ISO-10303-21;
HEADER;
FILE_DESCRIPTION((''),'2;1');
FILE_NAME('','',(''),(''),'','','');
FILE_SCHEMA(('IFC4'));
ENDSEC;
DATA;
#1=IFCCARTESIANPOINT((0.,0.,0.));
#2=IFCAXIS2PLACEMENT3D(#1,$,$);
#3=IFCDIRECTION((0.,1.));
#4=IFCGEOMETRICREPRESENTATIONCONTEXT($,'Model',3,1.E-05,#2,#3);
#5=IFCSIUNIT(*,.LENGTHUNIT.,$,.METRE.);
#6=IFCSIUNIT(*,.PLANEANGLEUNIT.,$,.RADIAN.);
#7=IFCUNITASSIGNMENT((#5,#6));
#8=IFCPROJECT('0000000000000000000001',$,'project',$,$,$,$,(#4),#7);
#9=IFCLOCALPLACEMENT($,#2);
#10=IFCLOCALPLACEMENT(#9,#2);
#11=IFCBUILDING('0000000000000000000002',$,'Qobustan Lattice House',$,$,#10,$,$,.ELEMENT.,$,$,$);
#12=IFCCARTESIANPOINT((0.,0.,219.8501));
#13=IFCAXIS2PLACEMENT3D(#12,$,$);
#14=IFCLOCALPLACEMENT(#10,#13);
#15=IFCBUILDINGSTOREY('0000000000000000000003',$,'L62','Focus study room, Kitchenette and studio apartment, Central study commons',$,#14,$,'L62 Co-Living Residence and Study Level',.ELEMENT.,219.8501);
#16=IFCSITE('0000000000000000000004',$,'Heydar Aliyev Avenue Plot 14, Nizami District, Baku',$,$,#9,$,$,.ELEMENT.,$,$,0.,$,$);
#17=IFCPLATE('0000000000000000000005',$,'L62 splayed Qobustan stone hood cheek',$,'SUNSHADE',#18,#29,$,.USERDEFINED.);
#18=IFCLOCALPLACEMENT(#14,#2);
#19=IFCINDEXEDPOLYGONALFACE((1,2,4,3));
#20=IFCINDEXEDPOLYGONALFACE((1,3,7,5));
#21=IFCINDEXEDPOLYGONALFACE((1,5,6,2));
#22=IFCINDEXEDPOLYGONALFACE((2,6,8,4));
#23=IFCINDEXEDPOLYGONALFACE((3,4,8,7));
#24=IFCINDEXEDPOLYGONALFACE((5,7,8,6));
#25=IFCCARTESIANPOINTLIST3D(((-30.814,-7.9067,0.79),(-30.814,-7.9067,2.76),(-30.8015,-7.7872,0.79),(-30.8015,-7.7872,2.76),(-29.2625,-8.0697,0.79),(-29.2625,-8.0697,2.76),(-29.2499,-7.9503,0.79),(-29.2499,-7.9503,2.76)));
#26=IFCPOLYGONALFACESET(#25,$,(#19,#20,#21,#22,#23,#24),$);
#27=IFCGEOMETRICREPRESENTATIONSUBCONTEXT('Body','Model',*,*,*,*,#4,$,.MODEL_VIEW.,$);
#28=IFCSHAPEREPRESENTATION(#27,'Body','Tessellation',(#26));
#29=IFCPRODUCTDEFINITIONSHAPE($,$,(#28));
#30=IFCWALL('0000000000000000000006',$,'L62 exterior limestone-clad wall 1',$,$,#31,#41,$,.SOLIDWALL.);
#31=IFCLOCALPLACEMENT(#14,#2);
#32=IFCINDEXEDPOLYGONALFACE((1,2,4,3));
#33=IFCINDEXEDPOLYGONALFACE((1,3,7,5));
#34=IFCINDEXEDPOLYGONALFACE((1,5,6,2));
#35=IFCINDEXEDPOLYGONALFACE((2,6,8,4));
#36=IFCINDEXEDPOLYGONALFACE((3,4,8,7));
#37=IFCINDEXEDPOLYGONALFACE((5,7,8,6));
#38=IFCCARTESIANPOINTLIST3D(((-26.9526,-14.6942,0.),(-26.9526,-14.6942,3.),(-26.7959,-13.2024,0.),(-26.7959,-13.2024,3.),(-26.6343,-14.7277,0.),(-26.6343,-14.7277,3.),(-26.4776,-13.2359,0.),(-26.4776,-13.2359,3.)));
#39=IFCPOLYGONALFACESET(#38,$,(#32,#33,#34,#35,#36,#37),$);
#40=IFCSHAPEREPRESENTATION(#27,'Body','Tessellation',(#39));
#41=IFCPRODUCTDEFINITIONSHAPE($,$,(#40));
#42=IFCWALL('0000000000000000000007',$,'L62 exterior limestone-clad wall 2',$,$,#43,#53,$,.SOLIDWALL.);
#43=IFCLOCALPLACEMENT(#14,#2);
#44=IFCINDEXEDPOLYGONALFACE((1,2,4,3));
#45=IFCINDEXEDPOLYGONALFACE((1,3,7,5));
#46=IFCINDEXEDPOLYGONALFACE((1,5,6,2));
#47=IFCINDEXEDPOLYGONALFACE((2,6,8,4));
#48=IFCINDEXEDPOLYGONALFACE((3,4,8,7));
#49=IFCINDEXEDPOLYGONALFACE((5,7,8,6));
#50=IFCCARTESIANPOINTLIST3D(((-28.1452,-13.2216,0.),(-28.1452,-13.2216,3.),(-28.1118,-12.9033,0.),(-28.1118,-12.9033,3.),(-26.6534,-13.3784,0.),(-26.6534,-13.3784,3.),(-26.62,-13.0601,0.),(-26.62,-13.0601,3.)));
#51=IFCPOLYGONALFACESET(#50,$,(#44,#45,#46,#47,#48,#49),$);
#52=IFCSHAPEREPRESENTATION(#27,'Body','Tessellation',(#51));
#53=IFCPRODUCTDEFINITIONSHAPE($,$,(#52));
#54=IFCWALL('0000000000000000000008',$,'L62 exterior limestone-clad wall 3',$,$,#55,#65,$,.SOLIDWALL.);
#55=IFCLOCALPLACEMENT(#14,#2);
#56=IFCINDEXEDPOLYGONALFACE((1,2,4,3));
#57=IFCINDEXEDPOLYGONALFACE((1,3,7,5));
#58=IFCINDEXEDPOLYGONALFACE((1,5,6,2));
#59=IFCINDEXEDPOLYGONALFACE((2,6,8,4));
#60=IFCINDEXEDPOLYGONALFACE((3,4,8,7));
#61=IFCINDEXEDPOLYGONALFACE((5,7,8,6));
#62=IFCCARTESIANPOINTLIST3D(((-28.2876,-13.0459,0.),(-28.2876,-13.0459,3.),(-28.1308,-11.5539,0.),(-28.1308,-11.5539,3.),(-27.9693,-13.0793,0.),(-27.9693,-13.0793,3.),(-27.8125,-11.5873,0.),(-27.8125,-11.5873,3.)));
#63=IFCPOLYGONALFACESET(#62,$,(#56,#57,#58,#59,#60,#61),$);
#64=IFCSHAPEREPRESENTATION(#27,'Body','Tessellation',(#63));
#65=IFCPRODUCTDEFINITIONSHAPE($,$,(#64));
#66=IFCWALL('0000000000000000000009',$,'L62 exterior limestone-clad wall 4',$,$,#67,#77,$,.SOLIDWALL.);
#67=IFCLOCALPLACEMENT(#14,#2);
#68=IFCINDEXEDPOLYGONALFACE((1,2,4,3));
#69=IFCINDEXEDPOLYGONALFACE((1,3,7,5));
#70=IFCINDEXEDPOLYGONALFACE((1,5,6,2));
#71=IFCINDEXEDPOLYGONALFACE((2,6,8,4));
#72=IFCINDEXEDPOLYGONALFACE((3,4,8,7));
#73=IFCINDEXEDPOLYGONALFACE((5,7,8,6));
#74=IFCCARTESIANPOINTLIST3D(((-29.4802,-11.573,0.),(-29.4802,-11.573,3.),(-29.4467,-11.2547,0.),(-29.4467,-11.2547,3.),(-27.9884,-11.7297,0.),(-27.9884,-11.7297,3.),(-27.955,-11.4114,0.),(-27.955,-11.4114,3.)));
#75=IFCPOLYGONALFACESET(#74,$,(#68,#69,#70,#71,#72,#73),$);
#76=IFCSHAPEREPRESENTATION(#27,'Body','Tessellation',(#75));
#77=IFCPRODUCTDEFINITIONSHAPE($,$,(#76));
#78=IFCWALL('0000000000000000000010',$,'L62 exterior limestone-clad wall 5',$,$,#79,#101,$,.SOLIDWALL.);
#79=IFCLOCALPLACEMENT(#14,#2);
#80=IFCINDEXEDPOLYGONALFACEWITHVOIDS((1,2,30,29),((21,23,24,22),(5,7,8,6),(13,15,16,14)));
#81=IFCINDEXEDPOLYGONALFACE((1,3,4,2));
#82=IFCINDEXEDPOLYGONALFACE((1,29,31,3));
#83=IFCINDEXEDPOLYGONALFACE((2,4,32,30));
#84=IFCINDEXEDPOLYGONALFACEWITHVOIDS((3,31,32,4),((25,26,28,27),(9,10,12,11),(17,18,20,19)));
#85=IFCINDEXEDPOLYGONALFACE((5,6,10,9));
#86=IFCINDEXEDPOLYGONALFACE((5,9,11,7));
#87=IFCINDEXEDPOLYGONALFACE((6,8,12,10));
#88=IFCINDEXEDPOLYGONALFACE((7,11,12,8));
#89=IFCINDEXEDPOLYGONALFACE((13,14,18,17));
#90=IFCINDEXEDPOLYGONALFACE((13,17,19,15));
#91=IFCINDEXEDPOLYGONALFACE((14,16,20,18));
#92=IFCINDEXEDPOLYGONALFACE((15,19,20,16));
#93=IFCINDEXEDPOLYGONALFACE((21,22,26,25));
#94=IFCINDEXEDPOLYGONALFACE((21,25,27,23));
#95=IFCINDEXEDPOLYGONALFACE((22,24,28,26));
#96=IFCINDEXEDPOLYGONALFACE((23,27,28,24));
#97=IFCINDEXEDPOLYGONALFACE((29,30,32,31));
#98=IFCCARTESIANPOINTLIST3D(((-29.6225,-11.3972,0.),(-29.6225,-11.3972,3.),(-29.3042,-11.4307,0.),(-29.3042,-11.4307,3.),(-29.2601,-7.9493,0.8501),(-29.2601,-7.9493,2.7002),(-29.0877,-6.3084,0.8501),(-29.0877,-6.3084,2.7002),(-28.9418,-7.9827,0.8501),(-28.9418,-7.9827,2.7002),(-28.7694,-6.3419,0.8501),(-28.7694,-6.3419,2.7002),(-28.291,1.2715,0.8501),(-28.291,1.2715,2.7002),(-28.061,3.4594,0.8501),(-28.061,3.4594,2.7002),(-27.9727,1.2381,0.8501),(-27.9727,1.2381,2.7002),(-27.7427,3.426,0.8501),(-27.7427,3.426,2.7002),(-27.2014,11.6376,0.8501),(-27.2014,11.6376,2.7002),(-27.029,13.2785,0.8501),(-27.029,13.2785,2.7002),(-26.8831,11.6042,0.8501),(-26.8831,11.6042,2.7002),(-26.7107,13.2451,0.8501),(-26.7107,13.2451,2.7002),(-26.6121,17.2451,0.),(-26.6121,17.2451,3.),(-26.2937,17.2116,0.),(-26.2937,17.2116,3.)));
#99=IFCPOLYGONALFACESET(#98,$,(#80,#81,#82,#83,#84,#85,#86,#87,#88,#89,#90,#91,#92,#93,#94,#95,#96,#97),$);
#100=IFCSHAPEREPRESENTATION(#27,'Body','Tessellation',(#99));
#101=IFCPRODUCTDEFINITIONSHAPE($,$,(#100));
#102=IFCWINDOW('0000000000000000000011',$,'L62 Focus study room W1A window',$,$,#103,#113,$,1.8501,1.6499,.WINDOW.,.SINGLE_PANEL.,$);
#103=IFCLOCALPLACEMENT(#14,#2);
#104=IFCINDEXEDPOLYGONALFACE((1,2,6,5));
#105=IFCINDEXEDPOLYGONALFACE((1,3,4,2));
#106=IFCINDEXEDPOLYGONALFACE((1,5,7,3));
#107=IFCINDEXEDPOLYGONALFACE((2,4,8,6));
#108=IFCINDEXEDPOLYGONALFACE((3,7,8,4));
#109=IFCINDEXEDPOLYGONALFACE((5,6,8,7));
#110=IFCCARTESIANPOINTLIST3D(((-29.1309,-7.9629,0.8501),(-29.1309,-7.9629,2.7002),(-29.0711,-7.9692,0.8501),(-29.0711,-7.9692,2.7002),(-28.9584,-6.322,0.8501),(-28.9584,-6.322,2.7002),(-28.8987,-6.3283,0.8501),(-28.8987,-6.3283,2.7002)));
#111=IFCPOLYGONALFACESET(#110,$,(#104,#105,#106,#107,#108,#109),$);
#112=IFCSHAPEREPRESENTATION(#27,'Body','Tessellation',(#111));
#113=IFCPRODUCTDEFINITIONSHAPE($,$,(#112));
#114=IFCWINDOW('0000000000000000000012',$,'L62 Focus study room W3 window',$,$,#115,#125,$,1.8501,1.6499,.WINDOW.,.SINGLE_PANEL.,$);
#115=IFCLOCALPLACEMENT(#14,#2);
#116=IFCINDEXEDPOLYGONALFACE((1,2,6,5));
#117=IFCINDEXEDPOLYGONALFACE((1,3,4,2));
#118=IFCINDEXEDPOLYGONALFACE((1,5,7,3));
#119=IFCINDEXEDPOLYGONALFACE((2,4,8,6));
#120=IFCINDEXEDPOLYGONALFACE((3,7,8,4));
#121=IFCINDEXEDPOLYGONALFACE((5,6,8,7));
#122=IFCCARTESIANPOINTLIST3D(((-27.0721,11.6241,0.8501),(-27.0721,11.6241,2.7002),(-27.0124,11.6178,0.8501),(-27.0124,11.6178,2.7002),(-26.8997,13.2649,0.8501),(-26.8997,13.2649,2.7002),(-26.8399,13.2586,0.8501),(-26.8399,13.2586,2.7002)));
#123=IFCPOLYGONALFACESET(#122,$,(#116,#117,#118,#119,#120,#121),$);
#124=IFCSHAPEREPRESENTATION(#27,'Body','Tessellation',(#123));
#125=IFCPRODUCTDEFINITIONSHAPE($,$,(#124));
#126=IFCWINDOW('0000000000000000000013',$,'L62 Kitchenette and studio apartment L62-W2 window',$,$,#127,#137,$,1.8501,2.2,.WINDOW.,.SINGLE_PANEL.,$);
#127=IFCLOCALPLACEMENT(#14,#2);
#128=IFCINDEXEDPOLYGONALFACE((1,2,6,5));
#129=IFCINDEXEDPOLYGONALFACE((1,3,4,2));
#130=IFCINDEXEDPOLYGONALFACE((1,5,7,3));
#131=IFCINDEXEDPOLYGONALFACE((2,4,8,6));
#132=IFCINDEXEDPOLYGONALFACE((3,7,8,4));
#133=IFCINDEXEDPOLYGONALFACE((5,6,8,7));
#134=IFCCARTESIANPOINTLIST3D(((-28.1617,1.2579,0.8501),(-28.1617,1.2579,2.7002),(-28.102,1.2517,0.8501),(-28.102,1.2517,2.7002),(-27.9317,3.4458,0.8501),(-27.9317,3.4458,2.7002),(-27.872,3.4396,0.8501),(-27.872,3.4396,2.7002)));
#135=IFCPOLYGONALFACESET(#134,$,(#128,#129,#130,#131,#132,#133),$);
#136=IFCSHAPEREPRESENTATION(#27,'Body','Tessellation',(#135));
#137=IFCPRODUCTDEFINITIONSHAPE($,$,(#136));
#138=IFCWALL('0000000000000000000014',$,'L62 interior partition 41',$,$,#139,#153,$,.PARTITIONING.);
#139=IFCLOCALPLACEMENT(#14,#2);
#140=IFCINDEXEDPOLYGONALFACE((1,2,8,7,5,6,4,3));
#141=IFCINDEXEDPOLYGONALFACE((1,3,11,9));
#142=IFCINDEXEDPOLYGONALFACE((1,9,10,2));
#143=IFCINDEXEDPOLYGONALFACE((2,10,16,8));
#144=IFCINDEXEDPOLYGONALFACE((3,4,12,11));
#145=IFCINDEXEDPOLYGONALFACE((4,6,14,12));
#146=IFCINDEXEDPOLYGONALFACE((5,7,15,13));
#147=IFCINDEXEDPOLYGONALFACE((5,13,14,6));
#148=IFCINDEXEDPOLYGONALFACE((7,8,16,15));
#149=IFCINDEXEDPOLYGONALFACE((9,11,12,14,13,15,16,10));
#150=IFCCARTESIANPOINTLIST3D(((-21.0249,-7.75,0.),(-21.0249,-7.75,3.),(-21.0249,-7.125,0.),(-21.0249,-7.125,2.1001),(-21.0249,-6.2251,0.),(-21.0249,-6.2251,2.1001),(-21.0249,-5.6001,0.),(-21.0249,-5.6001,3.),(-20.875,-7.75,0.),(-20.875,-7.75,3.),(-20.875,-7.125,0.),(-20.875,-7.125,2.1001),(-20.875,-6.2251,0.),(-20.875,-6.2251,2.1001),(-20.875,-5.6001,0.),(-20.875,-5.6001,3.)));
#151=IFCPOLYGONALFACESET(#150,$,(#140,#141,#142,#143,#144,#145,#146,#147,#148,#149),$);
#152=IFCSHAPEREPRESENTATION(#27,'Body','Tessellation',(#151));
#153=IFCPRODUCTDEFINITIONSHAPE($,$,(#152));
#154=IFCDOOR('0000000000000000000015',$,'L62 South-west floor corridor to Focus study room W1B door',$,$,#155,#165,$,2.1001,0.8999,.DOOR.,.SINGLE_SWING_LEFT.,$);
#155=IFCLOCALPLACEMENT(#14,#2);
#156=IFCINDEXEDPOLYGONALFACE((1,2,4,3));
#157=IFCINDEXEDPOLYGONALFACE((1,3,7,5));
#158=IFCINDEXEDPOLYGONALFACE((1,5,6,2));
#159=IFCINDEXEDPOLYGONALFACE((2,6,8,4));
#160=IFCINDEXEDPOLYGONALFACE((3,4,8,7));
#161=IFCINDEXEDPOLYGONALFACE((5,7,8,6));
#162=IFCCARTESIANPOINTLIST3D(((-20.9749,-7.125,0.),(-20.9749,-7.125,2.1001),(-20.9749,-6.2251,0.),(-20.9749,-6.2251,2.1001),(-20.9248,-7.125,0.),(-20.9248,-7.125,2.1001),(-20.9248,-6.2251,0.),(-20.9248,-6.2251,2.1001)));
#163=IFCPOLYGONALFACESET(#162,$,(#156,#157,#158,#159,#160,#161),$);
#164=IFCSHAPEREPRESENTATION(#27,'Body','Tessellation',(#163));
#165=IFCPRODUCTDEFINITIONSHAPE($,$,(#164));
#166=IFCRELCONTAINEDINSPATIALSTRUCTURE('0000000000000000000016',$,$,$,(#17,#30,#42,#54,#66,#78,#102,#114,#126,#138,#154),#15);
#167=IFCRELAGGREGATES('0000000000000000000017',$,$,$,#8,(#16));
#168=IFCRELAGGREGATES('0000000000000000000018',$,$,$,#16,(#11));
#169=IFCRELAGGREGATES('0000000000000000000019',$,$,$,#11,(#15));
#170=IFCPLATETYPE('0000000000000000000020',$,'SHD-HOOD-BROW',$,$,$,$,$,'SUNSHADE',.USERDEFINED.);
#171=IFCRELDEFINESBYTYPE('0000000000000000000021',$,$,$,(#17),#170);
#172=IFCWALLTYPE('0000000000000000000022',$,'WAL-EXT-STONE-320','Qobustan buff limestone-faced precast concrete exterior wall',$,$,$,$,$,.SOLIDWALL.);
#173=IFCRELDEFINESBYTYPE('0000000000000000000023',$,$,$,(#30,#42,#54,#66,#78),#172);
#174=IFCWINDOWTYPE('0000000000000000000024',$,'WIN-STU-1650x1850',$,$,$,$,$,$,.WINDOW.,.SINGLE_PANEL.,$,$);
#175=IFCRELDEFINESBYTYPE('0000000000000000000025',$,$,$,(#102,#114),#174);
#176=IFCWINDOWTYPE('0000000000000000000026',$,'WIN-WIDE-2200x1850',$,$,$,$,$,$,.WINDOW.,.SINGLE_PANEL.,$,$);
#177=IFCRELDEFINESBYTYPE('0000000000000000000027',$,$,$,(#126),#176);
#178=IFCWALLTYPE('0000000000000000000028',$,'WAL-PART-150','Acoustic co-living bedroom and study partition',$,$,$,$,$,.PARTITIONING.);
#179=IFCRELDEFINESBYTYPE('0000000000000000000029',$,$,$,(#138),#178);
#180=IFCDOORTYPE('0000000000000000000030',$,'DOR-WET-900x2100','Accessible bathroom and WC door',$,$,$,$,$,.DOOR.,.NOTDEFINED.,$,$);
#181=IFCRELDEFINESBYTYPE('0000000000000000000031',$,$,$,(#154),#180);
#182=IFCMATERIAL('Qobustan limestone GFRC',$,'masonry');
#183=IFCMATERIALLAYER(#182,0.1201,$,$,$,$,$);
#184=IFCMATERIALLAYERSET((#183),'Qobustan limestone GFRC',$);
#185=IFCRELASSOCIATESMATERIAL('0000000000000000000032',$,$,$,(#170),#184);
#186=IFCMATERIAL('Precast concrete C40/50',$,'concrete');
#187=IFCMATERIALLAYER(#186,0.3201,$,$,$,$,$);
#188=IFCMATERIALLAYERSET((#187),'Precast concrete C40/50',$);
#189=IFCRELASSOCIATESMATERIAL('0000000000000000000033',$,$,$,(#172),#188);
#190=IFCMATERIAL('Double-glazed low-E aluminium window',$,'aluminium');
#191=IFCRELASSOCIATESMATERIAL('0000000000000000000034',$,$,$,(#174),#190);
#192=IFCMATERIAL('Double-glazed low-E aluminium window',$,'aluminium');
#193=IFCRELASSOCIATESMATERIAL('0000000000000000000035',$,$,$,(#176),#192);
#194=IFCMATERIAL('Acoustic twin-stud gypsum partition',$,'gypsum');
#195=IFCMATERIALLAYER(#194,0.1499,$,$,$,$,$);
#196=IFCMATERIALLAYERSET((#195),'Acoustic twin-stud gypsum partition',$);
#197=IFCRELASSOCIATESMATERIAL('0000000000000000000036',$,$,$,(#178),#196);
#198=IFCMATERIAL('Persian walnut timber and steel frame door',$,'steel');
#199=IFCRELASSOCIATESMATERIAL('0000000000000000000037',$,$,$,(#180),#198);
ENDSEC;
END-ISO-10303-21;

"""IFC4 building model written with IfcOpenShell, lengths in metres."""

from ifc_helpers import new_model, si_unit, direction, frame, frame_2d, origin, origin_2d, place, context, subcontext, project, spatial, rectangle, extrude, material, layer, layer_set, type_object, element, fill, save


model = new_model("IFC4")

# Units and contexts
model_context = context("Model", 3, precision=1e-05, world=origin(), true_north=direction((0.0, 1.0)))
body_context = subcontext(model_context, "Body", "Model", "MODEL_VIEW")
ifc_project = project(units=[si_unit("LENGTHUNIT", "METRE"), si_unit("PLANEANGLEUNIT", "RADIAN")], contexts=[model_context])

# Site, building, storey
site_placement = place(None, origin())
site = spatial("IfcSite", under=ifc_project, at=site_placement, Name="Heydar Aliyev Avenue Plot 14, Nizami District, Baku", CompositionType="ELEMENT", RefElevation=0.0)
building_placement = place(site_placement, origin())
building = spatial("IfcBuilding", under=site, at=building_placement, Name="Qobustan Lattice House", CompositionType="ELEMENT")
storey_placement = place(building_placement, frame((0.0, 0.0, 219.8501)))
storey = spatial("IfcBuildingStorey", under=building, at=storey_placement, Name="L62", Description="Focus study room, Kitchenette and studio apartment, Central study commons", LongName="L62 Co-Living Residence and Study Level", CompositionType="ELEMENT", Elevation=219.8501)

# Plate
ifc_material_1 = material(Name="Qobustan limestone GFRC", Category="masonry")
ifc_layer_1 = layer(ifc_material_1, 0.1201)
ifc_layer_set_1 = layer_set([ifc_layer_1], Name="Qobustan limestone GFRC")
plate_type = type_object("IfcPlateType", Name="SHD-HOOD-BROW", ElementType="SUNSHADE", PredefinedType="USERDEFINED", material=ifc_layer_set_1)
plate_placement = place(storey_placement, frame((-30.032, -7.9285, 0.79), z_axis=(0.0, 0.0, 1.0), x_axis=(0.104528, 0.994522, 0.0)))
element("IfcPlate", 1, at=plate_placement, inside=storey, type_object=plate_type, Name="L62 splayed Qobustan stone hood cheek", ObjectType="SUNSHADE", PredefinedType="USERDEFINED", context=body_context, shape_type="SweptSolid", body=[
    extrude(rectangle(XDim=0.1201, YDim=1.5601, at=origin_2d()), origin(), (0.0, 0.0, 1.0), 1.97),
])

# Walls
ifc_material_2 = material(Name="Precast concrete C40/50", Category="concrete")
ifc_layer_2 = layer(ifc_material_2, 0.3201)
ifc_layer_set_2 = layer_set([ifc_layer_2], Name="Precast concrete C40/50")
wall_type_1 = type_object("IfcWallType", Name="WAL-EXT-STONE-320", Description="Qobustan buff limestone-faced precast concrete exterior wall", PredefinedType="SOLIDWALL", material=ifc_layer_set_2)
for number, where, z_axis, x_axis, name in (
    (2, (-26.7935, -14.7109, 0.0), (0.0, 0.0, 1.0), (0.104498, 0.994525, 0.0), "L62 exterior limestone-clad wall 1"),
    (3, (-26.6367, -13.2192, 0.0), (0.0, 0.0, 1.0), (-0.994525, 0.104498, 0.0), "L62 exterior limestone-clad wall 2"),
):
    element("IfcWall", number, at=place(storey_placement, frame(where, z_axis=z_axis, x_axis=x_axis)), inside=storey, type_object=wall_type_1, Name=name, PredefinedType="SOLIDWALL", context=body_context, shape_type="SweptSolid", body=[
        extrude(rectangle(XDim=1.5, YDim=0.3201, at=frame_2d((0.75, 0.0))), origin(), (0.0, 0.0, 1.0), 3.0),
    ])
wall_1_placement = place(storey_placement, frame((-28.1284, -13.0625, 0.0), z_axis=(0.0, 0.0, 1.0), x_axis=(0.104481, 0.994527, 0.0)))
element("IfcWall", 4, at=wall_1_placement, inside=storey, type_object=wall_type_1, Name="L62 exterior limestone-clad wall 3", PredefinedType="SOLIDWALL", context=body_context, shape_type="SweptSolid", body=[
    extrude(rectangle(XDim=1.5002, YDim=0.3201, at=frame_2d((0.75, 0.0))), origin(), (0.0, 0.0, 1.0), 3.0),
])
wall_2_placement = place(storey_placement, frame((-27.9717, -11.5706, 0.0), z_axis=(0.0, 0.0, 1.0), x_axis=(-0.994525, 0.104498, 0.0)))
element("IfcWall", 5, at=wall_2_placement, inside=storey, type_object=wall_type_1, Name="L62 exterior limestone-clad wall 4", PredefinedType="SOLIDWALL", context=body_context, shape_type="SweptSolid", body=[
    extrude(rectangle(XDim=1.5, YDim=0.3201, at=frame_2d((0.75, 0.0))), origin(), (0.0, 0.0, 1.0), 3.0),
])

# Wall, openings, windows
wall_3_placement = place(storey_placement, frame((-29.4634, -11.4138, 0.0), z_axis=(0.0, 0.0, 1.0), x_axis=(0.104531, 0.994522, 0.0)))
wall_3 = element("IfcWall", 6, at=wall_3_placement, inside=storey, type_object=wall_type_1, Name="L62 exterior limestone-clad wall 5", PredefinedType="SOLIDWALL", context=body_context, shape_type="SweptSolid", body=[
    extrude(rectangle(XDim=28.8, YDim=0.3201, at=frame_2d((14.3999, 0.0))), origin(), (0.0, 0.0, 1.0), 3.0),
])
opening_1_placement = place(wall_3_placement, frame((3.4668, 0.0, 0.8501)))
opening_1 = element("IfcOpeningElement", 7, at=opening_1_placement, cuts=wall_3, PredefinedType="OPENING", context=body_context, shape_type="SweptSolid", body=[
    extrude(rectangle(XDim=1.6499, YDim=1.8501, at=frame_2d((0.825, 0.925))), frame((0.0, 0.1699, 0.0), z_axis=(0.0, -1.0, 0.0), x_axis=(1.0, 0.0, 0.0)), (0.0, 0.0, 1.0), 0.3401),
])
opening_2_placement = place(wall_3_placement, frame((12.7383, 0.0, 0.8501)))
opening_2 = element("IfcOpeningElement", 8, at=opening_2_placement, cuts=wall_3, PredefinedType="OPENING", context=body_context, shape_type="SweptSolid", body=[
    extrude(rectangle(XDim=2.2, YDim=1.8501, at=frame_2d((1.1001, 0.925))), frame((0.0, 0.1699, 0.0), z_axis=(0.0, -1.0, 0.0), x_axis=(1.0, 0.0, 0.0)), (0.0, 0.0, 1.0), 0.3401),
])
opening_3_placement = place(wall_3_placement, frame((23.1616, 0.0, 0.8501)))
opening_3 = element("IfcOpeningElement", 9, at=opening_3_placement, cuts=wall_3, PredefinedType="OPENING", context=body_context, shape_type="SweptSolid", body=[
    extrude(rectangle(XDim=1.6499, YDim=1.8501, at=frame_2d((0.825, 0.925))), frame((0.0, 0.1699, 0.0), z_axis=(0.0, -1.0, 0.0), x_axis=(1.0, 0.0, 0.0)), (0.0, 0.0, 1.0), 0.3401),
])
ifc_material_3 = material(Name="Double-glazed low-E aluminium window", Category="aluminium")
window_type_1 = type_object("IfcWindowType", Name="WIN-STU-1650x1850", PartitioningType="SINGLE_PANEL", PredefinedType="WINDOW", material=ifc_material_3)
window_1_placement = place(opening_1_placement, origin())
window_1 = element("IfcWindow", 10, at=window_1_placement, inside=storey, type_object=window_type_1, Name="L62 Focus study room W1A window", OverallHeight=1.8501, OverallWidth=1.6499, PartitioningType="SINGLE_PANEL", PredefinedType="WINDOW", context=body_context, shape_type="SweptSolid", body=[
    extrude(rectangle(XDim=1.6499, YDim=1.8501, at=frame_2d((0.825, 0.925))), frame((0.0, 0.03, 0.0), z_axis=(0.0, -1.0, 0.0), x_axis=(1.0, 0.0, 0.0)), (0.0, 0.0, 1.0), 0.0601),
])
fill(opening_1, window_1)
window_2_placement = place(opening_3_placement, origin())
window_2 = element("IfcWindow", 11, at=window_2_placement, inside=storey, type_object=window_type_1, Name="L62 Focus study room W3 window", OverallHeight=1.8501, OverallWidth=1.6499, PartitioningType="SINGLE_PANEL", PredefinedType="WINDOW", context=body_context, shape_type="SweptSolid", body=[
    extrude(rectangle(XDim=1.6499, YDim=1.8501, at=frame_2d((0.825, 0.925))), frame((0.0, 0.03, 0.0), z_axis=(0.0, -1.0, 0.0), x_axis=(1.0, 0.0, 0.0)), (0.0, 0.0, 1.0), 0.0601),
])
fill(opening_3, window_2)
ifc_material_4 = material(Name="Double-glazed low-E aluminium window", Category="aluminium")
window_type_2 = type_object("IfcWindowType", Name="WIN-WIDE-2200x1850", PartitioningType="SINGLE_PANEL", PredefinedType="WINDOW", material=ifc_material_4)
window_3_placement = place(opening_2_placement, origin())
window_3 = element("IfcWindow", 12, at=window_3_placement, inside=storey, type_object=window_type_2, Name="L62 Kitchenette and studio apartment L62-W2 window", OverallHeight=1.8501, OverallWidth=2.2, PartitioningType="SINGLE_PANEL", PredefinedType="WINDOW", context=body_context, shape_type="SweptSolid", body=[
    extrude(rectangle(XDim=2.2, YDim=1.8501, at=frame_2d((1.1001, 0.925))), frame((0.0, 0.03, 0.0), z_axis=(0.0, -1.0, 0.0), x_axis=(1.0, 0.0, 0.0)), (0.0, 0.0, 1.0), 0.0601),
])
fill(opening_2, window_3)

# Wall, opening, door
ifc_material_5 = material(Name="Acoustic twin-stud gypsum partition", Category="gypsum")
ifc_layer_3 = layer(ifc_material_5, 0.1499)
ifc_layer_set_3 = layer_set([ifc_layer_3], Name="Acoustic twin-stud gypsum partition")
wall_type_2 = type_object("IfcWallType", Name="WAL-PART-150", Description="Acoustic co-living bedroom and study partition", PredefinedType="PARTITIONING", material=ifc_layer_set_3)
wall_4_placement = place(storey_placement, frame((-20.95, -7.75, 0.0), z_axis=(0.0, 0.0, 1.0), x_axis=(0.0, 1.0, 0.0)))
wall_4 = element("IfcWall", 13, at=wall_4_placement, inside=storey, type_object=wall_type_2, Name="L62 interior partition 41", PredefinedType="PARTITIONING", context=body_context, shape_type="SweptSolid", body=[
    extrude(rectangle(XDim=2.1499, YDim=0.1499, at=frame_2d((1.075, 0.0))), origin(), (0.0, 0.0, 1.0), 3.0),
])
opening_4_placement = place(wall_4_placement, frame((0.625, 0.0, 0.0)))
opening_4 = element("IfcOpeningElement", 14, at=opening_4_placement, cuts=wall_4, PredefinedType="OPENING", context=body_context, shape_type="SweptSolid", body=[
    extrude(rectangle(XDim=0.8999, YDim=2.1001, at=frame_2d((0.45, 1.05))), frame((0.0, 0.085, 0.0), z_axis=(0.0, -1.0, 0.0), x_axis=(1.0, 0.0, 0.0)), (0.0, 0.0, 1.0), 0.1699),
])
ifc_material_6 = material(Name="Persian walnut timber and steel frame door", Category="steel")
door_type = type_object("IfcDoorType", Name="DOR-WET-900x2100", Description="Accessible bathroom and WC door", OperationType="NOTDEFINED", PredefinedType="DOOR", material=ifc_material_6)
door_placement = place(opening_4_placement, origin())
door = element("IfcDoor", 15, at=door_placement, inside=storey, type_object=door_type, Name="L62 South-west floor corridor to Focus study room W1B door", OperationType="SINGLE_SWING_LEFT", OverallHeight=2.1001, OverallWidth=0.8999, PredefinedType="DOOR", context=body_context, shape_type="SweptSolid", body=[
    extrude(rectangle(XDim=0.8999, YDim=2.1001, at=frame_2d((0.45, 1.05))), frame((0.0, 0.0249, 0.0), z_axis=(0.0, -1.0, 0.0), x_axis=(1.0, 0.0, 0.0)), (0.0, 0.0, 1.0), 0.05),
])
fill(opening_4, door)

save(model, "model.ifc")
